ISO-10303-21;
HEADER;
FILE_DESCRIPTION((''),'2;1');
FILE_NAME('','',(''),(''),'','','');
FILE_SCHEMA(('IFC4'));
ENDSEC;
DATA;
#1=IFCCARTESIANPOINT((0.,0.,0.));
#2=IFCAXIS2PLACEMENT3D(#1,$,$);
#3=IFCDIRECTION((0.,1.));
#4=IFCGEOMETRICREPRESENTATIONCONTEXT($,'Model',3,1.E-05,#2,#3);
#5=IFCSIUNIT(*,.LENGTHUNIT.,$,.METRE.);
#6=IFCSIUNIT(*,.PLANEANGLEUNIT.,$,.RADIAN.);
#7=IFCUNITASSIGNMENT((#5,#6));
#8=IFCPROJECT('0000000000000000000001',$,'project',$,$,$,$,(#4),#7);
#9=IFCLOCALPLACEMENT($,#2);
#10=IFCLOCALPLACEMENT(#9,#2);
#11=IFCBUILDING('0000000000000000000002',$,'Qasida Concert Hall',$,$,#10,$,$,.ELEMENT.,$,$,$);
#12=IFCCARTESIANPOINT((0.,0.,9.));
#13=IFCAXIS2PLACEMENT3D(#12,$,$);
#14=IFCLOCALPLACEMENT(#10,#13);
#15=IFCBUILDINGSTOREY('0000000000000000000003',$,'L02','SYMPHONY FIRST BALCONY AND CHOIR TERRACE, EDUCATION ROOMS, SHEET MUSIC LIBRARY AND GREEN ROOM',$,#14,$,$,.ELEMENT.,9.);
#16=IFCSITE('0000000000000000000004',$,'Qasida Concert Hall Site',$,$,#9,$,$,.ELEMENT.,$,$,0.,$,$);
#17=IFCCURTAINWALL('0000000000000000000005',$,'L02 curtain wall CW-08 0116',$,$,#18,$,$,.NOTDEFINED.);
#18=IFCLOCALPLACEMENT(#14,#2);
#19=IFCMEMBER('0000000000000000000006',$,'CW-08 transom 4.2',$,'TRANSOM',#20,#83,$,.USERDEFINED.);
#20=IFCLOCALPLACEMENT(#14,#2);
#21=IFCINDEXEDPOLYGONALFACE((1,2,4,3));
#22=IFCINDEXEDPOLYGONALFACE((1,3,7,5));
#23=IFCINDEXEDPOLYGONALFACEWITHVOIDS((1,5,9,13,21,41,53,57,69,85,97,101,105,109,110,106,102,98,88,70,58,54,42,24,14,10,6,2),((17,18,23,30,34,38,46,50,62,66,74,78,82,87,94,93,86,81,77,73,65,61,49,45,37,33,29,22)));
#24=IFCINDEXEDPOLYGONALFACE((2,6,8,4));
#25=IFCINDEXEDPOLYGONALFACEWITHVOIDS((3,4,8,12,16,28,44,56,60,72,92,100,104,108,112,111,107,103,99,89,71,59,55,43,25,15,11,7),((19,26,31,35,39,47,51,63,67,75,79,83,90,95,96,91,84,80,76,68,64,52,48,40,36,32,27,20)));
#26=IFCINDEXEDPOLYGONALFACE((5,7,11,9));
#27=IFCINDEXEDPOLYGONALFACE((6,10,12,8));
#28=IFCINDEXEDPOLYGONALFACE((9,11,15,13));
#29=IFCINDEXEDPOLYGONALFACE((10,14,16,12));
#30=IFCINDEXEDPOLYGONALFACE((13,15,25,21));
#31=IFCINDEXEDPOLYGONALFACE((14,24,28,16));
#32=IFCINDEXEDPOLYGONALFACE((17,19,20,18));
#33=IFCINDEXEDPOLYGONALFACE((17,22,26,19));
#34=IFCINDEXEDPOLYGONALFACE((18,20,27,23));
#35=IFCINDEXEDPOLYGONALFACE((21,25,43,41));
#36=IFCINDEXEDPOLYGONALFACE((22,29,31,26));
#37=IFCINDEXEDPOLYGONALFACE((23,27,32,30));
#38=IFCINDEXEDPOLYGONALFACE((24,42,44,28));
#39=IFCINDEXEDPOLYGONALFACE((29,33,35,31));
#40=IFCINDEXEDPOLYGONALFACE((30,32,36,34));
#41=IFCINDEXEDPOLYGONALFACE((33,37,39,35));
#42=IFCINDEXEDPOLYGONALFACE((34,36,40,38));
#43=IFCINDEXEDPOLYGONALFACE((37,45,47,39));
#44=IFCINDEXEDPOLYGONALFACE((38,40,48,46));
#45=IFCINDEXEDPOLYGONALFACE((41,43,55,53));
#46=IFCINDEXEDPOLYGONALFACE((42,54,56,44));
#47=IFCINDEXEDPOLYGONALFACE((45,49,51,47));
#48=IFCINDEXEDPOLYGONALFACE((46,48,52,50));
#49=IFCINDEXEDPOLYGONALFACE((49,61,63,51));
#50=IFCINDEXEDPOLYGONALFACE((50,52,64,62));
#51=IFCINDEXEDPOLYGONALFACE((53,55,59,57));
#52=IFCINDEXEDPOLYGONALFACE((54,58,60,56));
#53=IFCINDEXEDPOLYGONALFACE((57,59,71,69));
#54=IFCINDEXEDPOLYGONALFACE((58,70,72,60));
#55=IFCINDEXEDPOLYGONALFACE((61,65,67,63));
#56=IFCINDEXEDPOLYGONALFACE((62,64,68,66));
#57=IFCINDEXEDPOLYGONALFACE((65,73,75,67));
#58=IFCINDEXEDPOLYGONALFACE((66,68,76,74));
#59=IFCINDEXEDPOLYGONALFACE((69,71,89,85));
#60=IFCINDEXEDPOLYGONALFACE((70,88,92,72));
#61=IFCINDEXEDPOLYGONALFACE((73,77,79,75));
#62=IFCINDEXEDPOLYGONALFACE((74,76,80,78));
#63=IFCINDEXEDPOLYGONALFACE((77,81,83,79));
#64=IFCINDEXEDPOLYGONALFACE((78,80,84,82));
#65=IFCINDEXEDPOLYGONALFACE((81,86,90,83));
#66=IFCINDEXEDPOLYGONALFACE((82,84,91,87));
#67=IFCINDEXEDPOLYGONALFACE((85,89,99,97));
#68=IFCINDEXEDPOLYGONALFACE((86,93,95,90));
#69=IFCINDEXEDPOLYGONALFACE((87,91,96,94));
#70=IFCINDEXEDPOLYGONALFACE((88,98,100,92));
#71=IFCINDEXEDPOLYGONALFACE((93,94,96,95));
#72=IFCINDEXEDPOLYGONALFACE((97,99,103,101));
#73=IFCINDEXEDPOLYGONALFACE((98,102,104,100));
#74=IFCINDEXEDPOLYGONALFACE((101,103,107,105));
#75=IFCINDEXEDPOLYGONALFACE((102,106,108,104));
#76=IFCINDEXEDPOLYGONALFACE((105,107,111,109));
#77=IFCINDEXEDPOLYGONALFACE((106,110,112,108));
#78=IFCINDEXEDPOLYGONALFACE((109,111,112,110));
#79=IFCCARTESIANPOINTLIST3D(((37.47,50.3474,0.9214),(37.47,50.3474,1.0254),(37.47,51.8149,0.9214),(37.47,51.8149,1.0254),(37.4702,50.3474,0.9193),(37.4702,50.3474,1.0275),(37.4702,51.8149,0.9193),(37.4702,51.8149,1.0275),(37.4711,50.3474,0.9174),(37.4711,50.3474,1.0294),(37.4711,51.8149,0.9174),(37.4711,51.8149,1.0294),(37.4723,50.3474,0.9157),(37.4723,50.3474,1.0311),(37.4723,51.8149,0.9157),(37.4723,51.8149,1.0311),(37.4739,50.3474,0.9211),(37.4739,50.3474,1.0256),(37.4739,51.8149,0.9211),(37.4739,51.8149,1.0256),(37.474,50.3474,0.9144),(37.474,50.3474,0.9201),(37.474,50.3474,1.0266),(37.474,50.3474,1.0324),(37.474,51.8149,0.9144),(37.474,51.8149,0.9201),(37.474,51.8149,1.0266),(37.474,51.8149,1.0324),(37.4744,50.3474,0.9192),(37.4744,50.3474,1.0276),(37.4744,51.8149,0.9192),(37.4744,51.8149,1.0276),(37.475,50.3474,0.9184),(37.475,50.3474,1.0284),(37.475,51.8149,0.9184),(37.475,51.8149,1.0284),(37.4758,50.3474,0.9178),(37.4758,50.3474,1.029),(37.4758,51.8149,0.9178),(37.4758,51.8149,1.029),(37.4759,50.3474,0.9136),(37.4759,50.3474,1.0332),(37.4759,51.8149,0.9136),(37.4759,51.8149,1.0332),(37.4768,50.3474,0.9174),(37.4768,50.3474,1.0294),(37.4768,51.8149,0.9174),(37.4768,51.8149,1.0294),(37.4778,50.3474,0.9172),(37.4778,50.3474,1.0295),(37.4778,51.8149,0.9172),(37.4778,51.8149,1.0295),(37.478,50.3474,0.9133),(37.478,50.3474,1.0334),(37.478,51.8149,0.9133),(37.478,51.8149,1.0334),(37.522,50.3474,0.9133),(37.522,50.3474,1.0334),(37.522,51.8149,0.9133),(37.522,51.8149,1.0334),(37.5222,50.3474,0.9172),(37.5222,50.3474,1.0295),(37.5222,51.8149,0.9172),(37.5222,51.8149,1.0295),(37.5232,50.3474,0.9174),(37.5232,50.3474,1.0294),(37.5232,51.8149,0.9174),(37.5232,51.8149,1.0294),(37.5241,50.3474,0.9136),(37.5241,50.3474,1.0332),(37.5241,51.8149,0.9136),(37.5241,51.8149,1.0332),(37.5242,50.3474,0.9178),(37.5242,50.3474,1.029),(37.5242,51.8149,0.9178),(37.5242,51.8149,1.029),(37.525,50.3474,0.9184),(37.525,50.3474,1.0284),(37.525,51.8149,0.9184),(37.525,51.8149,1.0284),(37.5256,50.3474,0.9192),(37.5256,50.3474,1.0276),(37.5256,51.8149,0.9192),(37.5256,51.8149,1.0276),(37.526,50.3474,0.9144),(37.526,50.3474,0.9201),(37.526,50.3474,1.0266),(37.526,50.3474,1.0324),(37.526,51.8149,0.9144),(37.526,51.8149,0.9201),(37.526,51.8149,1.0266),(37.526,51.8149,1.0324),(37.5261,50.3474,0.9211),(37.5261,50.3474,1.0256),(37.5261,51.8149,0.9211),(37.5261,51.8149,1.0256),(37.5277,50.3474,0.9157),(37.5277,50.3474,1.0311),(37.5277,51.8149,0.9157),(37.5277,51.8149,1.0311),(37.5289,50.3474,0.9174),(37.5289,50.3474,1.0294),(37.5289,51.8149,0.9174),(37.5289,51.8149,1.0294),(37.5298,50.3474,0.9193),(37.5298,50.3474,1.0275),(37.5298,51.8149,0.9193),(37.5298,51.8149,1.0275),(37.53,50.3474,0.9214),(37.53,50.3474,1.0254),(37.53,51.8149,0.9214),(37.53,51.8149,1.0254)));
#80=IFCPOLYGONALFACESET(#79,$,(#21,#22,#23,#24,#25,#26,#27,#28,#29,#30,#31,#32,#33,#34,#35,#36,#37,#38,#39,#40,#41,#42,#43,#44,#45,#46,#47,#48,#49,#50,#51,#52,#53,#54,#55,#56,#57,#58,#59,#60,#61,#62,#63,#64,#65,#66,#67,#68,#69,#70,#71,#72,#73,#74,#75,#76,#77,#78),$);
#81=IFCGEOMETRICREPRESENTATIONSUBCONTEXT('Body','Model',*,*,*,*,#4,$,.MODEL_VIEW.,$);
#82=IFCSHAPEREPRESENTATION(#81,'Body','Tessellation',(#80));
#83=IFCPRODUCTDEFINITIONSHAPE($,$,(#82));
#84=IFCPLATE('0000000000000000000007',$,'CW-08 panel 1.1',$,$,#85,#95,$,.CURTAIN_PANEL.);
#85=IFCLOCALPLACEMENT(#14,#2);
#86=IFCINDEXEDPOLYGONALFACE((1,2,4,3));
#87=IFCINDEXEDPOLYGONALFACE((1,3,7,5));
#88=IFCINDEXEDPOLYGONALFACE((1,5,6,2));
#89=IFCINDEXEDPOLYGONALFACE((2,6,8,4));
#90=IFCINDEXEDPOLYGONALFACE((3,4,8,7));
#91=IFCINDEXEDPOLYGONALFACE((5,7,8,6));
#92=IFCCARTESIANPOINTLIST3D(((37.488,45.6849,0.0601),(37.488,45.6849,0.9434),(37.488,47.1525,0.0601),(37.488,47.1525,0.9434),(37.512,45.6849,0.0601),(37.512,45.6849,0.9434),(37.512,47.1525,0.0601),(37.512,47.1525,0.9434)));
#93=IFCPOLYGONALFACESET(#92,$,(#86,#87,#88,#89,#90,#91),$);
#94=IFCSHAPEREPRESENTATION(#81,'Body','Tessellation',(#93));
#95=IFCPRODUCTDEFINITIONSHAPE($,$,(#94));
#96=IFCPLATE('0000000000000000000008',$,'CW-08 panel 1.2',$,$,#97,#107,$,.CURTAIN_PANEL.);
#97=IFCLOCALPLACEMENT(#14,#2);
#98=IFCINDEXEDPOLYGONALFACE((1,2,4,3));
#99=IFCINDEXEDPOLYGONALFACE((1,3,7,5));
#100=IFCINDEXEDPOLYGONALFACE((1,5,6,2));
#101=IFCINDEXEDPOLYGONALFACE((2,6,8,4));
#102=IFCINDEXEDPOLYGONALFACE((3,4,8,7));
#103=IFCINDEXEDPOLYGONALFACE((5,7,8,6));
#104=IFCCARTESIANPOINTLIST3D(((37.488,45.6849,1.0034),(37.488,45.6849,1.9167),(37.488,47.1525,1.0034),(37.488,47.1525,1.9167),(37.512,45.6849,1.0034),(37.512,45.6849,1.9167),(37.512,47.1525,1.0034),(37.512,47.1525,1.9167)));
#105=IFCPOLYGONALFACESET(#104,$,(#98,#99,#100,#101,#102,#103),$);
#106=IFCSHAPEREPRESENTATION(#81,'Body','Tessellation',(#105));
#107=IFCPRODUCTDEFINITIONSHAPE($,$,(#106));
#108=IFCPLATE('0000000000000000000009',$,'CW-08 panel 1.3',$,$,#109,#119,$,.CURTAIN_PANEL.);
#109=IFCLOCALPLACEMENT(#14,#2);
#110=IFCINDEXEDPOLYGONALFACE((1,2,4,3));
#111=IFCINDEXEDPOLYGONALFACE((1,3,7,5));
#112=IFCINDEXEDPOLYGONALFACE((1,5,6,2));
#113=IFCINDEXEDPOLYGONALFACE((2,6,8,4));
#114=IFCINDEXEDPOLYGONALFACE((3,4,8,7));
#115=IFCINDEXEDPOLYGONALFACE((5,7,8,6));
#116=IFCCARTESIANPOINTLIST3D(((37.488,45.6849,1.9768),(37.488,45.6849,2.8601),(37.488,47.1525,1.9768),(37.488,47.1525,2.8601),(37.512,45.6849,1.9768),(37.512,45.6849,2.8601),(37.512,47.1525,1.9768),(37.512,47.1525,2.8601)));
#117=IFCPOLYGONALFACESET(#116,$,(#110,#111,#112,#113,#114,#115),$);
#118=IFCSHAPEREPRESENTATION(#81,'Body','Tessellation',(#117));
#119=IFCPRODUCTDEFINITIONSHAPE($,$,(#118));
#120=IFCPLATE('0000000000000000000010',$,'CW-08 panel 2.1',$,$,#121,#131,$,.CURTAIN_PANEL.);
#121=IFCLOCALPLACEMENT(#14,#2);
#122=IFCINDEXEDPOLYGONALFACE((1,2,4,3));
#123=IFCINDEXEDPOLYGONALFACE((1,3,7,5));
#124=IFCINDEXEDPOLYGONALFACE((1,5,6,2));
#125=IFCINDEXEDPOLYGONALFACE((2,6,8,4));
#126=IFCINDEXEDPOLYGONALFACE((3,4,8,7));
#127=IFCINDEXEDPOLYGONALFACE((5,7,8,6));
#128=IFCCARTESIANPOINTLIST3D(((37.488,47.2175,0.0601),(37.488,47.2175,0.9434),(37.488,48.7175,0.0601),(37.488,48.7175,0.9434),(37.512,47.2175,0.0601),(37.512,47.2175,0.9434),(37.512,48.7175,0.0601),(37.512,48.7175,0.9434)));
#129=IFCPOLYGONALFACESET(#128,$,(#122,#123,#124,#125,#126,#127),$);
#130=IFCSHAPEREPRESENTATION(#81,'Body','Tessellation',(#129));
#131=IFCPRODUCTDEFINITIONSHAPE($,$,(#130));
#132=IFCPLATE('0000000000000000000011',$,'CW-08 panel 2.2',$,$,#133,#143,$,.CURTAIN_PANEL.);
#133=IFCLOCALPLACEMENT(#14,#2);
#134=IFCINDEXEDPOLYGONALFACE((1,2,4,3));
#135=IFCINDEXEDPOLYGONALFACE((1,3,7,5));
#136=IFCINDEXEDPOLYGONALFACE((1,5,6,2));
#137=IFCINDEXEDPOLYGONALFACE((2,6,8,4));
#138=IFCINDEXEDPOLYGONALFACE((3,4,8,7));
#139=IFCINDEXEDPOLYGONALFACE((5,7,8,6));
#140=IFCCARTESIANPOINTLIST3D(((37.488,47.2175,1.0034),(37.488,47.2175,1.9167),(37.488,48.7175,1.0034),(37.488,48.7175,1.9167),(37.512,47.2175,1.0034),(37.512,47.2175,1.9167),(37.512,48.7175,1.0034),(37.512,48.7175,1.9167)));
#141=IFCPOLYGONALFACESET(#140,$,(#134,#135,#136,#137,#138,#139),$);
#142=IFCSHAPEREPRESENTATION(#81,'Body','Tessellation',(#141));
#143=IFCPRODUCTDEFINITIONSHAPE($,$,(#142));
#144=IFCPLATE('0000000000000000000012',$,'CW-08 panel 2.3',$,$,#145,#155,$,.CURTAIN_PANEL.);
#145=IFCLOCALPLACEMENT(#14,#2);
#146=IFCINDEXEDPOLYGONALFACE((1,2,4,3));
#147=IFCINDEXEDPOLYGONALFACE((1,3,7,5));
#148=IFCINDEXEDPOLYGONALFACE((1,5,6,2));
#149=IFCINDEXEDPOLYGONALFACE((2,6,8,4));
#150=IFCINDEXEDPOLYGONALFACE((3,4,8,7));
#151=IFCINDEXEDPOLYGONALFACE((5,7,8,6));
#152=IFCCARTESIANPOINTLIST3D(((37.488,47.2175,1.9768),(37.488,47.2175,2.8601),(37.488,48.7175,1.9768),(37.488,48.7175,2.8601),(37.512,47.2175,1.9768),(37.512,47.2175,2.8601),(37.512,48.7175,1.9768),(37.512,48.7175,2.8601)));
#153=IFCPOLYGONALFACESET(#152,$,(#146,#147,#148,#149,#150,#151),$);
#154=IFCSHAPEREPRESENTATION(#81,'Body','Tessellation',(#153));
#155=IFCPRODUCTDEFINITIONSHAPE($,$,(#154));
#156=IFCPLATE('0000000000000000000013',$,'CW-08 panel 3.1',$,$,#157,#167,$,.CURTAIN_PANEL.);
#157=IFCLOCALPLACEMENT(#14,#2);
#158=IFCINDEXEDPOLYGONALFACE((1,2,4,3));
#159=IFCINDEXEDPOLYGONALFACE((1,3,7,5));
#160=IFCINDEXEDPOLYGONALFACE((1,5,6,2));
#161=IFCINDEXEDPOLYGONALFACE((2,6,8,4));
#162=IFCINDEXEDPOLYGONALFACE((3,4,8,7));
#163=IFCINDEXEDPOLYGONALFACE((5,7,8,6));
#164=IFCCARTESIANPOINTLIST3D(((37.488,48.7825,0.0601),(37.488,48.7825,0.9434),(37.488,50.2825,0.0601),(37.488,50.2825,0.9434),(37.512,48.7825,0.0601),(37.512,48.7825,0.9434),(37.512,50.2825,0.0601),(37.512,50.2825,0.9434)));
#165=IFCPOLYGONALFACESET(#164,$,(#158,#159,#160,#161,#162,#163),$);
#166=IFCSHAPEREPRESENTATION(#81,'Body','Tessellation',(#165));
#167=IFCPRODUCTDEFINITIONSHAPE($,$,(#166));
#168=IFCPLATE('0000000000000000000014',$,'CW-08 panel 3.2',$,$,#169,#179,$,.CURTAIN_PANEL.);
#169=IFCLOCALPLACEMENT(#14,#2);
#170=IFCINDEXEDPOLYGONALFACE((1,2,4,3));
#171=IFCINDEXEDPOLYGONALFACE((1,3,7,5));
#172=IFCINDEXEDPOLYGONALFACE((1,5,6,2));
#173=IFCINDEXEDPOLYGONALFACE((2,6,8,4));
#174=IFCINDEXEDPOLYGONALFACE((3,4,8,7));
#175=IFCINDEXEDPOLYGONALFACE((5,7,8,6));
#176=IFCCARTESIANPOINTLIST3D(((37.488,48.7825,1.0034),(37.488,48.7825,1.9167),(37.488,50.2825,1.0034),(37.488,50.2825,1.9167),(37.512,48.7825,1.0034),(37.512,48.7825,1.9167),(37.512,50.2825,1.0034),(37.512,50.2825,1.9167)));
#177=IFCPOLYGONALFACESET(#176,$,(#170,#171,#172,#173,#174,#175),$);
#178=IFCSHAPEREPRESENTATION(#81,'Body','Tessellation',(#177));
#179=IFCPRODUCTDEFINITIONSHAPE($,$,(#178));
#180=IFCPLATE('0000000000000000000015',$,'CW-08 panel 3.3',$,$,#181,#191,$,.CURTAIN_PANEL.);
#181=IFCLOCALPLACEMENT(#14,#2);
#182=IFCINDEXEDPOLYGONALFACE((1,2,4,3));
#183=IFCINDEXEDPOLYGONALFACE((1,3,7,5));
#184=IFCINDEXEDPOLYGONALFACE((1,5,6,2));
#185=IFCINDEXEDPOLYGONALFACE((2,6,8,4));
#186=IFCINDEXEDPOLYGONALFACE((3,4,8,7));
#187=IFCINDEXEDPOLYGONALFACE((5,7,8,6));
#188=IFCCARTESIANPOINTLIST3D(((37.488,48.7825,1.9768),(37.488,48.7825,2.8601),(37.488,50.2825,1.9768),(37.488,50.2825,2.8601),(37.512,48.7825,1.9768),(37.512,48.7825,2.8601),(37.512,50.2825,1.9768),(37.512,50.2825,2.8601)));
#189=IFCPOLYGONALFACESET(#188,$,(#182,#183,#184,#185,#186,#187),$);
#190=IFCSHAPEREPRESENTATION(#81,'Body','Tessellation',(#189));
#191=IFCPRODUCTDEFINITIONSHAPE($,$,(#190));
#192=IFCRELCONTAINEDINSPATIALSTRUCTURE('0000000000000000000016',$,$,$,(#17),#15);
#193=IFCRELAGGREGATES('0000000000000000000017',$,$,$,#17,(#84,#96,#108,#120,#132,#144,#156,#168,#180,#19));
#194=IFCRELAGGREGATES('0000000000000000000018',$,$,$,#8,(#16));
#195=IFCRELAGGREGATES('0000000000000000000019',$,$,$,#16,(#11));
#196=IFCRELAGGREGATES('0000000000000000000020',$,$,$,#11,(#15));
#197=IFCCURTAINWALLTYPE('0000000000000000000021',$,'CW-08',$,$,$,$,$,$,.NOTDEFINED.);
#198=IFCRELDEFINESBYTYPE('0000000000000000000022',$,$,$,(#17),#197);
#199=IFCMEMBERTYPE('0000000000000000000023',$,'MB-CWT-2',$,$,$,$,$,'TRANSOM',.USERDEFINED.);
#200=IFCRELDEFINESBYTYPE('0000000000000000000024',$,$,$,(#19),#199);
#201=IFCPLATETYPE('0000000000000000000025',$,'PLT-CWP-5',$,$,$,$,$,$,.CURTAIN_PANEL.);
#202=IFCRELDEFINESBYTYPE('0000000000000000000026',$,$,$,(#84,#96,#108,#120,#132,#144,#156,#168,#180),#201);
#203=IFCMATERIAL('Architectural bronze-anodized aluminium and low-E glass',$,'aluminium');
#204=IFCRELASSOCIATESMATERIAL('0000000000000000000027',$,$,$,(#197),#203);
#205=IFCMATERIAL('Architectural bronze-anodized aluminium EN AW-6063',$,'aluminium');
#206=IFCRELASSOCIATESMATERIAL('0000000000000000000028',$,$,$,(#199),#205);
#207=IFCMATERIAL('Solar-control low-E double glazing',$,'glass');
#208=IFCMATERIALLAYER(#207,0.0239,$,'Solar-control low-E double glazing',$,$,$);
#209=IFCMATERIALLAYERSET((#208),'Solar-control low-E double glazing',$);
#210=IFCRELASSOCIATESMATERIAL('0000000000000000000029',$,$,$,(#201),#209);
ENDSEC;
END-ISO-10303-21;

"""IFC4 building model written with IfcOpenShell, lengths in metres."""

from ifc_helpers import new_model, si_unit, direction, frame, origin, origin_2d, place, context, subcontext, project, spatial, rectangle, hollow_rectangle, extrude, material, layer, layer_set, material_profile, profile_set, type_object, element, aggregate, save


model = new_model("IFC4")

# Units and contexts
model_context = context("Model", 3, precision=1e-05, world=origin(), true_north=direction((0.0, 1.0)))
body_context = subcontext(model_context, "Body", "Model", "MODEL_VIEW")
ifc_project = project(units=[si_unit("LENGTHUNIT", "METRE"), si_unit("PLANEANGLEUNIT", "RADIAN")], contexts=[model_context])

# Site, building, storey
site_placement = place(None, origin())
site = spatial("IfcSite", under=ifc_project, at=site_placement, Name="Qasida Concert Hall Site", CompositionType="ELEMENT", RefElevation=0.0)
building_placement = place(site_placement, origin())
building = spatial("IfcBuilding", under=site, at=building_placement, Name="Qasida Concert Hall", CompositionType="ELEMENT")
storey_placement = place(building_placement, frame((0.0, 0.0, 9.0)))
storey = spatial("IfcBuildingStorey", under=building, at=storey_placement, Name="L02", Description="SYMPHONY FIRST BALCONY AND CHOIR TERRACE, EDUCATION ROOMS, SHEET MUSIC LIBRARY AND GREEN ROOM", CompositionType="ELEMENT", Elevation=9.0)

# Curtain wall, member, plates
ifc_material_1 = material(Name="Architectural bronze-anodized aluminium and low-E glass", Category="aluminium")
curtain_wall_type = type_object("IfcCurtainWallType", Name="CW-08", PredefinedType="NOTDEFINED", material=ifc_material_1)
curtain_wall_placement = place(storey_placement, origin())
curtain_wall = element("IfcCurtainWall", 1, at=curtain_wall_placement, inside=storey, type_object=curtain_wall_type, Name="L02 curtain wall CW-08 0116", PredefinedType="NOTDEFINED")
ifc_material_2 = material(Name="Architectural bronze-anodized aluminium EN AW-6063", Category="aluminium")
ifc_material_profile_1 = material_profile(ifc_material_2, hollow_rectangle(XDim=0.0601, YDim=0.1201, WallThickness=0.0039, InnerFilletRadius=0.0039, OuterFilletRadius=0.0081, at=origin_2d()), Name="CWT 120x60x4")
ifc_profile_set_1 = profile_set([ifc_material_profile_1], Name="Architectural bronze-anodized aluminium EN AW-6063")
member_type_1 = type_object("IfcMemberType", Name="MB-CWT-2", ElementType="TRANSOM", PredefinedType="USERDEFINED", material=ifc_profile_set_1)
member_1_placement = place(storey_placement, frame((37.5, 50.3474, 0.9734), z_axis=(0.0, 1.0, 0.0), x_axis=(-1.0, 0.0, 0.0)))
member_1 = element("IfcMember", 2, at=member_1_placement, type_object=member_type_1, Name="CW-08 transom 4.2", ObjectType="TRANSOM", PredefinedType="USERDEFINED", context=body_context, shape_type="SweptSolid", body=[
    extrude(hollow_rectangle(XDim=0.0601, YDim=0.1201, WallThickness=0.0039, InnerFilletRadius=0.0039, OuterFilletRadius=0.0081, at=origin_2d()), origin(), (0.0, 0.0, 1.0), 1.4675),
])
ifc_material_3 = material(Name="Solar-control low-E double glazing", Category="glass")
ifc_layer = layer(ifc_material_3, 0.0239, Name="Solar-control low-E double glazing")
ifc_layer_set = layer_set([ifc_layer], Name="Solar-control low-E double glazing")
plate_type = type_object("IfcPlateType", Name="PLT-CWP-5", PredefinedType="CURTAIN_PANEL", material=ifc_layer_set)
plate_1_placement = place(storey_placement, frame((37.5, 46.4187, 0.0601), z_axis=(0.0, 0.0, 1.0), x_axis=(0.0, 1.0, 0.0)))
plate_1 = element("IfcPlate", 3, at=plate_1_placement, type_object=plate_type, Name="CW-08 panel 1.1", PredefinedType="CURTAIN_PANEL", context=body_context, shape_type="SweptSolid", body=[
    extrude(rectangle(XDim=1.4675, YDim=0.0239, at=origin_2d()), origin(), (0.0, 0.0, 1.0), 0.8833),
])
plate_2_placement = place(storey_placement, frame((37.5, 46.4187, 1.0034), z_axis=(0.0, 0.0, 1.0), x_axis=(0.0, 1.0, 0.0)))
plate_2 = element("IfcPlate", 4, at=plate_2_placement, type_object=plate_type, Name="CW-08 panel 1.2", PredefinedType="CURTAIN_PANEL", context=body_context, shape_type="SweptSolid", body=[
    extrude(rectangle(XDim=1.4675, YDim=0.0239, at=origin_2d()), origin(), (0.0, 0.0, 1.0), 0.9133),
])
plate_3_placement = place(storey_placement, frame((37.5, 46.4187, 1.9768), z_axis=(0.0, 0.0, 1.0), x_axis=(0.0, 1.0, 0.0)))
plate_3 = element("IfcPlate", 5, at=plate_3_placement, type_object=plate_type, Name="CW-08 panel 1.3", PredefinedType="CURTAIN_PANEL", context=body_context, shape_type="SweptSolid", body=[
    extrude(rectangle(XDim=1.4675, YDim=0.0239, at=origin_2d()), origin(), (0.0, 0.0, 1.0), 0.8833),
])
plate_4_placement = place(storey_placement, frame((37.5, 47.9675, 0.0601), z_axis=(0.0, 0.0, 1.0), x_axis=(0.0, 1.0, 0.0)))
plate_4 = element("IfcPlate", 6, at=plate_4_placement, type_object=plate_type, Name="CW-08 panel 2.1", PredefinedType="CURTAIN_PANEL", context=body_context, shape_type="SweptSolid", body=[
    extrude(rectangle(XDim=1.5, YDim=0.0239, at=origin_2d()), origin(), (0.0, 0.0, 1.0), 0.8833),
])
plate_5_placement = place(storey_placement, frame((37.5, 47.9675, 1.0034), z_axis=(0.0, 0.0, 1.0), x_axis=(0.0, 1.0, 0.0)))
plate_5 = element("IfcPlate", 7, at=plate_5_placement, type_object=plate_type, Name="CW-08 panel 2.2", PredefinedType="CURTAIN_PANEL", context=body_context, shape_type="SweptSolid", body=[
    extrude(rectangle(XDim=1.5, YDim=0.0239, at=origin_2d()), origin(), (0.0, 0.0, 1.0), 0.9133),
])
plate_6_placement = place(storey_placement, frame((37.5, 47.9675, 1.9768), z_axis=(0.0, 0.0, 1.0), x_axis=(0.0, 1.0, 0.0)))
plate_6 = element("IfcPlate", 8, at=plate_6_placement, type_object=plate_type, Name="CW-08 panel 2.3", PredefinedType="CURTAIN_PANEL", context=body_context, shape_type="SweptSolid", body=[
    extrude(rectangle(XDim=1.5, YDim=0.0239, at=origin_2d()), origin(), (0.0, 0.0, 1.0), 0.8833),
])
plate_7_placement = place(storey_placement, frame((37.5, 49.5325, 0.0601), z_axis=(0.0, 0.0, 1.0), x_axis=(0.0, 1.0, 0.0)))
plate_7 = element("IfcPlate", 9, at=plate_7_placement, type_object=plate_type, Name="CW-08 panel 3.1", PredefinedType="CURTAIN_PANEL", context=body_context, shape_type="SweptSolid", body=[
    extrude(rectangle(XDim=1.5, YDim=0.0239, at=origin_2d()), origin(), (0.0, 0.0, 1.0), 0.8833),
])
plate_8_placement = place(storey_placement, frame((37.5, 49.5325, 1.0034), z_axis=(0.0, 0.0, 1.0), x_axis=(0.0, 1.0, 0.0)))
plate_8 = element("IfcPlate", 10, at=plate_8_placement, type_object=plate_type, Name="CW-08 panel 3.2", PredefinedType="CURTAIN_PANEL", context=body_context, shape_type="SweptSolid", body=[
    extrude(rectangle(XDim=1.5, YDim=0.0239, at=origin_2d()), origin(), (0.0, 0.0, 1.0), 0.9133),
])
plate_9_placement = place(storey_placement, frame((37.5, 49.5325, 1.9768), z_axis=(0.0, 0.0, 1.0), x_axis=(0.0, 1.0, 0.0)))
plate_9 = element("IfcPlate", 11, at=plate_9_placement, type_object=plate_type, Name="CW-08 panel 3.3", PredefinedType="CURTAIN_PANEL", context=body_context, shape_type="SweptSolid", body=[
    extrude(rectangle(XDim=1.5, YDim=0.0239, at=origin_2d()), origin(), (0.0, 0.0, 1.0), 0.8833),
])
aggregate(curtain_wall, [plate_1, plate_2, plate_3, plate_4, plate_5, plate_6, plate_7, plate_8, plate_9, member_1])

save(model, "model.ifc")
